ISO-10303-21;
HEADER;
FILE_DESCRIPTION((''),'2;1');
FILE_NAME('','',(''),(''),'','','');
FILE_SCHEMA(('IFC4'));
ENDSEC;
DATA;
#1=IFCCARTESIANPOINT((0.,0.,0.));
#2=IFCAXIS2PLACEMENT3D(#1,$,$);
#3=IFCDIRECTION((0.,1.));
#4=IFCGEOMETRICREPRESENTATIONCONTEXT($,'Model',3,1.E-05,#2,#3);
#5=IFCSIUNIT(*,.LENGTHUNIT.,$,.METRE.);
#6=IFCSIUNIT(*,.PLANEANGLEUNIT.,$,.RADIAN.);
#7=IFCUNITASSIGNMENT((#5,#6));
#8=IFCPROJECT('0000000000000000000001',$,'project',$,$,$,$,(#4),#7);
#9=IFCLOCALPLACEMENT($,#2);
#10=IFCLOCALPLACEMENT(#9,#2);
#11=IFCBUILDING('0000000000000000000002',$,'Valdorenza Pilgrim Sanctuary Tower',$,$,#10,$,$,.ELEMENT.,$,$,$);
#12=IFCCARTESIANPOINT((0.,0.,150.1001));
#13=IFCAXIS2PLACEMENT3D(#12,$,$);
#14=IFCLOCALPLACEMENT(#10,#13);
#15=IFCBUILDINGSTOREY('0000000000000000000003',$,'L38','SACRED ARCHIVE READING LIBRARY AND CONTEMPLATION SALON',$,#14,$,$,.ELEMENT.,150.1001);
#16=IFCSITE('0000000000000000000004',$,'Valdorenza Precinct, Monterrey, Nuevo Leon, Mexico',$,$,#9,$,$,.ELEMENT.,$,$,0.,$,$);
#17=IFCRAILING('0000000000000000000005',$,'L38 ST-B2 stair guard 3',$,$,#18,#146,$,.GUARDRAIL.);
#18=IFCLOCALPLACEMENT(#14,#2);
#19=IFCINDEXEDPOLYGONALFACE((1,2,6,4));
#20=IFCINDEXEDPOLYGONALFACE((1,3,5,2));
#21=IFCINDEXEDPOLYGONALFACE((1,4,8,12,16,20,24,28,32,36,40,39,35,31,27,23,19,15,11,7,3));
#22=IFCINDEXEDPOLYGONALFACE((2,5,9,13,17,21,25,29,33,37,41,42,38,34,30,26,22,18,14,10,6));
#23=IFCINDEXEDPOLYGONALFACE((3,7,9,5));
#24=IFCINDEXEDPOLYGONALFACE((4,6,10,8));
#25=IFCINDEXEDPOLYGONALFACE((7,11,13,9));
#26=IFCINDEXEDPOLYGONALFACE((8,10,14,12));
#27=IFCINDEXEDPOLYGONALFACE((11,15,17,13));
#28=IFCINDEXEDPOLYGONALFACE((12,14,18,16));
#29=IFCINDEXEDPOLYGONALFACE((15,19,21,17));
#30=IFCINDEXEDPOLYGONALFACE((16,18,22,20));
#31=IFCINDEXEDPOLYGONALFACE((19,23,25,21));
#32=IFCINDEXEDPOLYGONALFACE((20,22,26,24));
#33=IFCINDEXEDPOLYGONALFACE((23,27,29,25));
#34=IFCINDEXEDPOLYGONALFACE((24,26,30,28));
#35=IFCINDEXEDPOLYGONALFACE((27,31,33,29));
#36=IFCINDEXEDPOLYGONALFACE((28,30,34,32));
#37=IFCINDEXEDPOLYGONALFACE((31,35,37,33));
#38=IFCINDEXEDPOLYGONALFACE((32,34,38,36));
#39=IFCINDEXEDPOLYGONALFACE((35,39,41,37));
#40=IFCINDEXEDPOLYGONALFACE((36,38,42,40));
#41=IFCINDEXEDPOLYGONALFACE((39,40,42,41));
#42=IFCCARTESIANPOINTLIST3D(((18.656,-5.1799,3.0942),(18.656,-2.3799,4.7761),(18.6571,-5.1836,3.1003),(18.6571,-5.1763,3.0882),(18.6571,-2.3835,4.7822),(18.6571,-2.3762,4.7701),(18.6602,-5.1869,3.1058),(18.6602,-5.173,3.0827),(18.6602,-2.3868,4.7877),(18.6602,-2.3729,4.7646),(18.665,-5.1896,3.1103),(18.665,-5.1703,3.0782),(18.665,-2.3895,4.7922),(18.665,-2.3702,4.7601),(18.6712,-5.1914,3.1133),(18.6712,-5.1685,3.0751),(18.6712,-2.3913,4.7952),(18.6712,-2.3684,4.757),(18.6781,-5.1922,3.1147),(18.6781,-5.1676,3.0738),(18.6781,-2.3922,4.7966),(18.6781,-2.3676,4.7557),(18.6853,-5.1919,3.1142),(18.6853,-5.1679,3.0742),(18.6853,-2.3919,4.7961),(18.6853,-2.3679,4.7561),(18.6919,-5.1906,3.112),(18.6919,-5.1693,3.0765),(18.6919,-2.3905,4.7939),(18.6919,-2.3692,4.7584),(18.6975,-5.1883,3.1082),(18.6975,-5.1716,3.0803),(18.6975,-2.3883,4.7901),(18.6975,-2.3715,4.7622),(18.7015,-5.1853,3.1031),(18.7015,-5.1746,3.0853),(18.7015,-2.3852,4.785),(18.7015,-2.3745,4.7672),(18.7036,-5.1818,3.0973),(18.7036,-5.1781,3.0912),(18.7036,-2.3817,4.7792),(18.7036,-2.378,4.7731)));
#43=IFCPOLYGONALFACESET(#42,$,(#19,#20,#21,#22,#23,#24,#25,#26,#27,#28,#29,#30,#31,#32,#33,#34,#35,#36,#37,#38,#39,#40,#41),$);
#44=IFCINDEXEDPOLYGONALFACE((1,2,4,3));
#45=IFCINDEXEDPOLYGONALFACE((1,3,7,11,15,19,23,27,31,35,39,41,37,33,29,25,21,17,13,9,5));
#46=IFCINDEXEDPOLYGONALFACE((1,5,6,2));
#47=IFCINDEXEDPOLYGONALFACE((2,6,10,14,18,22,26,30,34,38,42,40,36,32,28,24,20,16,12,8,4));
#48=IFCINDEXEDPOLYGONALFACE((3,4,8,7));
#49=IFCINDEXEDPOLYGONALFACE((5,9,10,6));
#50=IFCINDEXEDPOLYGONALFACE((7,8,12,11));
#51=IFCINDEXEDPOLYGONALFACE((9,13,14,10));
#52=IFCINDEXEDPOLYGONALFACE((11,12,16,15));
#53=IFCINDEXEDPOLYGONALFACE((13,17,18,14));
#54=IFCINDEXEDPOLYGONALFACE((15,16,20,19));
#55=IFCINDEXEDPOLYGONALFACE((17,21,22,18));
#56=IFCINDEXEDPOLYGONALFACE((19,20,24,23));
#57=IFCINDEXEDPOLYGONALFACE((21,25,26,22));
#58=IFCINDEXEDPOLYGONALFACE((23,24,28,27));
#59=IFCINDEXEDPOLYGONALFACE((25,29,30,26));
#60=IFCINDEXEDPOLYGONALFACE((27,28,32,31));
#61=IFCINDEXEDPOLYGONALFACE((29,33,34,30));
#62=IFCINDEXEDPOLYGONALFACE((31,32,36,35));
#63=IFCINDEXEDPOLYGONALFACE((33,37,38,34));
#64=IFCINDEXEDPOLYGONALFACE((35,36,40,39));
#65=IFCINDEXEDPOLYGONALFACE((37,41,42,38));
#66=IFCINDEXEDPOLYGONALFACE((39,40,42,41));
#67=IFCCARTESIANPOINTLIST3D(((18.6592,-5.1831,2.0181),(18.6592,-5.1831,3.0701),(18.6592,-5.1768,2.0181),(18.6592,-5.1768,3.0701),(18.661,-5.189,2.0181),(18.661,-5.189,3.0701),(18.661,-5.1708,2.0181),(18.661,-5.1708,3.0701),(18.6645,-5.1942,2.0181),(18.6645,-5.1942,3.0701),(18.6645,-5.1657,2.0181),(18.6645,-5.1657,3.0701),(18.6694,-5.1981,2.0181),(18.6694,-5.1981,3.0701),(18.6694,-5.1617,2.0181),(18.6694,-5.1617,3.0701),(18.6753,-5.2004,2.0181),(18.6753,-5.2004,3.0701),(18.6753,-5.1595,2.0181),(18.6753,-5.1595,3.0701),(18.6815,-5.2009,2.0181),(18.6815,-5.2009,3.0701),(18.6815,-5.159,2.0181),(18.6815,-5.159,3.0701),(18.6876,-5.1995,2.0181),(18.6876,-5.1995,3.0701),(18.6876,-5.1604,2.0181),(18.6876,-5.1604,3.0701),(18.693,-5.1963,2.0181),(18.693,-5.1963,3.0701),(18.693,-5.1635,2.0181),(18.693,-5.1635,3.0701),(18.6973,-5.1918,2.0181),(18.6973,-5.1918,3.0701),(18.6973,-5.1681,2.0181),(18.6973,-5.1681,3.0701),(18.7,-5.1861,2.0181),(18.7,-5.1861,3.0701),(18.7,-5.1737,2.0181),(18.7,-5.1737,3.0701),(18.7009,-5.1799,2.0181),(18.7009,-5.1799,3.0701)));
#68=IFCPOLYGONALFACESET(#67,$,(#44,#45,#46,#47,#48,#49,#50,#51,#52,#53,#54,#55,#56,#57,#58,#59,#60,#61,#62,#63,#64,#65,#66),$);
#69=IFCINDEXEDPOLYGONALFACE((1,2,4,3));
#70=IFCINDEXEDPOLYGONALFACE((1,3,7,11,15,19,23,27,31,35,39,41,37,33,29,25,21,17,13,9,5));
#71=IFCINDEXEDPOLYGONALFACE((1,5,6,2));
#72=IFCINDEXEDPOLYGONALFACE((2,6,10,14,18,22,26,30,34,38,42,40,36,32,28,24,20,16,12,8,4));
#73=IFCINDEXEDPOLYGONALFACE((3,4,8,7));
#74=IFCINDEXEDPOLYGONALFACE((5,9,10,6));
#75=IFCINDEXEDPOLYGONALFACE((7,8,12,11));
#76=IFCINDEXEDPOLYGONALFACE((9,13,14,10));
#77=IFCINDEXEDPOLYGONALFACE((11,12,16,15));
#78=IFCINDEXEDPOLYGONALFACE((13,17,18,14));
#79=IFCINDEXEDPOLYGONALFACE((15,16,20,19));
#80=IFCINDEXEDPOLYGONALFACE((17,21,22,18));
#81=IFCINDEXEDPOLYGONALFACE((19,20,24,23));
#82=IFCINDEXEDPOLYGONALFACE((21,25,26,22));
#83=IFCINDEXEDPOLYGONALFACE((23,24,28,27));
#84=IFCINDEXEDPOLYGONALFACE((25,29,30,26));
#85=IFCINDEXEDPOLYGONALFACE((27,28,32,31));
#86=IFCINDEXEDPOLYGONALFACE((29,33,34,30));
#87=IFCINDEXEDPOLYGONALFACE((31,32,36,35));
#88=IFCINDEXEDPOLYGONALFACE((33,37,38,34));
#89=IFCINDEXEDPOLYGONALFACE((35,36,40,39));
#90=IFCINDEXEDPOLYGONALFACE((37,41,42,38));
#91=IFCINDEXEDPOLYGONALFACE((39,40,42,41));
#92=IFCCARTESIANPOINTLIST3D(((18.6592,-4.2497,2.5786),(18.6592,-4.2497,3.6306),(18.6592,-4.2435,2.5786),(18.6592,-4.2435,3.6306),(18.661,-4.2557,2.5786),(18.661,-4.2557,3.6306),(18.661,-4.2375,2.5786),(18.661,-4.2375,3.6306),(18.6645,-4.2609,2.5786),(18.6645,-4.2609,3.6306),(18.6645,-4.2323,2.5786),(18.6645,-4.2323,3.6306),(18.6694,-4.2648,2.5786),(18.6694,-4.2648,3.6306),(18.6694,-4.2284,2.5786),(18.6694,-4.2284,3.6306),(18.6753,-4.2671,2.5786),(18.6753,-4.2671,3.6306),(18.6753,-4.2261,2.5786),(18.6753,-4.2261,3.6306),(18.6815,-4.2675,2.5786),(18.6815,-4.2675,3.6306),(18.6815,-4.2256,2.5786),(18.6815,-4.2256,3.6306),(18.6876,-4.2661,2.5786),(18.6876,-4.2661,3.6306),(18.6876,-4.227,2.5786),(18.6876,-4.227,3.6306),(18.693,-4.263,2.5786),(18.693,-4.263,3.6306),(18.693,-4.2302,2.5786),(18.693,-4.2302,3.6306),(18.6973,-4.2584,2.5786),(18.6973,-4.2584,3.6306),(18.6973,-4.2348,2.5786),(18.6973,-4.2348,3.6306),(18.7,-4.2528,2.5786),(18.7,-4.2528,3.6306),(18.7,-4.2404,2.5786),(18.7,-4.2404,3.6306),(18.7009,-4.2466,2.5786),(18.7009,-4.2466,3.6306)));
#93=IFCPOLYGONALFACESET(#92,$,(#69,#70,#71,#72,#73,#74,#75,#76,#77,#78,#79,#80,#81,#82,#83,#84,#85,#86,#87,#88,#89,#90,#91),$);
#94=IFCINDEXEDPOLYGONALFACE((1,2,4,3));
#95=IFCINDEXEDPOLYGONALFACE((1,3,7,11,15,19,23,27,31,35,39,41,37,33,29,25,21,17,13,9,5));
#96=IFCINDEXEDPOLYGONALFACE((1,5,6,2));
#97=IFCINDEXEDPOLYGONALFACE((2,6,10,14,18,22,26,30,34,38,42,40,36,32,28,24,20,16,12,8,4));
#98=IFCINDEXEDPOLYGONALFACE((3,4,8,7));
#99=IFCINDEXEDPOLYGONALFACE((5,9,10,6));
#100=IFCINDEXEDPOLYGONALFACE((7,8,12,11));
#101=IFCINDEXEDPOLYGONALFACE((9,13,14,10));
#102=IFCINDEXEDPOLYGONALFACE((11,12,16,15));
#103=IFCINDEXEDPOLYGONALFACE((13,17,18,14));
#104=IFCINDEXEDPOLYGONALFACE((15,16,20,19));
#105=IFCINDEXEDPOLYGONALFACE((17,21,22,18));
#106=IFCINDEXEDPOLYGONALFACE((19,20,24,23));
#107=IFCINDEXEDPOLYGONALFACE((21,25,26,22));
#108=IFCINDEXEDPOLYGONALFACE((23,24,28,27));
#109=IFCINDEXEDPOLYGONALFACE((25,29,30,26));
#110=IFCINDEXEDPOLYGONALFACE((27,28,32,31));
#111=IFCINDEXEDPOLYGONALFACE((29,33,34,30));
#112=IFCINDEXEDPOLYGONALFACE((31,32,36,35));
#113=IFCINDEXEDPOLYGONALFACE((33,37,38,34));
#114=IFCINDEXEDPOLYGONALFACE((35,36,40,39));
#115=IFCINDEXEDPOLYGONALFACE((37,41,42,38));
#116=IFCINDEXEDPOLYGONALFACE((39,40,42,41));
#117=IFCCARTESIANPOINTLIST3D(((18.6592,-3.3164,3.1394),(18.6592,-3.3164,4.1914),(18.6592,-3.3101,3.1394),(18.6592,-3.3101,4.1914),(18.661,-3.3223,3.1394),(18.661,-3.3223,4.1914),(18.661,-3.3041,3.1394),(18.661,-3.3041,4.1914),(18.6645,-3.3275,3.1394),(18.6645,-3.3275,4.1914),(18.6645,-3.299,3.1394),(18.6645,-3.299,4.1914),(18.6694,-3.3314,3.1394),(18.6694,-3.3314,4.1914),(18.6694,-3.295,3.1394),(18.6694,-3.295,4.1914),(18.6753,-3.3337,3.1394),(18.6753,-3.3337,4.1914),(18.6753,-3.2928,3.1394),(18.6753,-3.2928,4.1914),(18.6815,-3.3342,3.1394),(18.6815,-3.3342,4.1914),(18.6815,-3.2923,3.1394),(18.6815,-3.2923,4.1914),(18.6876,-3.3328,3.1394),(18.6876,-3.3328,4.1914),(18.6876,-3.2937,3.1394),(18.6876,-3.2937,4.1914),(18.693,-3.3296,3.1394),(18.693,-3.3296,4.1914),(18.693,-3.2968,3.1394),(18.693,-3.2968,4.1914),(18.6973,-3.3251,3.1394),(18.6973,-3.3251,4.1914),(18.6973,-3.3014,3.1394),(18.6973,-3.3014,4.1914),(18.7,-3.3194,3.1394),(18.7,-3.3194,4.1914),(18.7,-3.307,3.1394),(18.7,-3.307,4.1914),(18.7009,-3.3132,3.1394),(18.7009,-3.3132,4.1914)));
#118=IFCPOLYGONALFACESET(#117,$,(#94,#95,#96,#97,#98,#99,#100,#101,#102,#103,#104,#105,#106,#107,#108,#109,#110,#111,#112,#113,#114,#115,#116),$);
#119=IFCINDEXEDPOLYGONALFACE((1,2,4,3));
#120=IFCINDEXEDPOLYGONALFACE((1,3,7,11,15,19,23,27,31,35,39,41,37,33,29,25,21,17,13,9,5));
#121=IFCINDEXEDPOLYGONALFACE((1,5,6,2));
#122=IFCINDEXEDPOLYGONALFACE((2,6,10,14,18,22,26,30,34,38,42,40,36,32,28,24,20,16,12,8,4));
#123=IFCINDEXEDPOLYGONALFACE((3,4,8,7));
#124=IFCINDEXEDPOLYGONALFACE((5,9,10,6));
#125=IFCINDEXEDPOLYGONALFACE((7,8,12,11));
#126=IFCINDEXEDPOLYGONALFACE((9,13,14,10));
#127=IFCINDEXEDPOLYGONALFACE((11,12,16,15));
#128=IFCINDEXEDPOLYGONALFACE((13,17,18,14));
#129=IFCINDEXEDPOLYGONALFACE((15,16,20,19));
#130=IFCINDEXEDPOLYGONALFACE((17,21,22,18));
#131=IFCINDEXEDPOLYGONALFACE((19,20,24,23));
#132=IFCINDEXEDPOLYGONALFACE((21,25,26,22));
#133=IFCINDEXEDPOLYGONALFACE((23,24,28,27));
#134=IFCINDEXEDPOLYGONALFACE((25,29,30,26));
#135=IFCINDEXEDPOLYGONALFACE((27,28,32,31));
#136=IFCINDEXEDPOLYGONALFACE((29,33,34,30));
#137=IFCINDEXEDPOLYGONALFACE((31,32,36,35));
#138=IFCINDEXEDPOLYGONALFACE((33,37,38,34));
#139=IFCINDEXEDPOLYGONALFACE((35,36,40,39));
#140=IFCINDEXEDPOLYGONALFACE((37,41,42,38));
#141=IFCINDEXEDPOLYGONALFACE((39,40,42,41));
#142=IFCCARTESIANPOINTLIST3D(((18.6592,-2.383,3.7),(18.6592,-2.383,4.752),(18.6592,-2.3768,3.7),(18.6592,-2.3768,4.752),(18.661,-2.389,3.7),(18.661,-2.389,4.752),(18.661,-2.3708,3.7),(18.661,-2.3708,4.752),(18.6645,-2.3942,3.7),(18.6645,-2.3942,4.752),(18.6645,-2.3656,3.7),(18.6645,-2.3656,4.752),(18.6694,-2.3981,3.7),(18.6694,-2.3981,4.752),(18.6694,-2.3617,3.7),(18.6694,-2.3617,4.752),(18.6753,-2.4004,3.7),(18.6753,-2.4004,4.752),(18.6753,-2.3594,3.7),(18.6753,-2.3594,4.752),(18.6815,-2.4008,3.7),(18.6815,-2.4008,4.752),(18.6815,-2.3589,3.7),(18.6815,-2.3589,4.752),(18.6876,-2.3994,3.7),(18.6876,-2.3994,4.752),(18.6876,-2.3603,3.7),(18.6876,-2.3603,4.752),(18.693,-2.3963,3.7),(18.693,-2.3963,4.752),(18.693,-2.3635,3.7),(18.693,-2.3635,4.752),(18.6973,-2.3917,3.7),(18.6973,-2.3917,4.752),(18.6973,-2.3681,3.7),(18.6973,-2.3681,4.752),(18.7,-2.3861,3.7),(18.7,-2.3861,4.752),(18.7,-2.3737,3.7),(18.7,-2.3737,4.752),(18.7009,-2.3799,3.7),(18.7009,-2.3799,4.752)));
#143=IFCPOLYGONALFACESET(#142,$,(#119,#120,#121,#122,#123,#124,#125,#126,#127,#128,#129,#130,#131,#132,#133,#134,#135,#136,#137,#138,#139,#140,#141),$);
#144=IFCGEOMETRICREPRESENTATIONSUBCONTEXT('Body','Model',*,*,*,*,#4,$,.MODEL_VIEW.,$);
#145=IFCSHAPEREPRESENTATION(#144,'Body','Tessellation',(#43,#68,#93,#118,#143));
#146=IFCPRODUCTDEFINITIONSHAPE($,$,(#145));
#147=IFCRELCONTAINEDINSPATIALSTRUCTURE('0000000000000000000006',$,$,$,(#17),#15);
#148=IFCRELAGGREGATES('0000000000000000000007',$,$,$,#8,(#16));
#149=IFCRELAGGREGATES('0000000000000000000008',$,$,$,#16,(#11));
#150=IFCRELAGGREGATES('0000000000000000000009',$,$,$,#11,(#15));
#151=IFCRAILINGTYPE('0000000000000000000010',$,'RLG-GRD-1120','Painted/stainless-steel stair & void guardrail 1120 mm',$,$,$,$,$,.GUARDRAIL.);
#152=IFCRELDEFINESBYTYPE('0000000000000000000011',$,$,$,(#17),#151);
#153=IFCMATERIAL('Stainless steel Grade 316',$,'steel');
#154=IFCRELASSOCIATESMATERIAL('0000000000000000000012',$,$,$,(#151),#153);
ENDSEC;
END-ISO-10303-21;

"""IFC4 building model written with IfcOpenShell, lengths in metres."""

from ifc_helpers import new_model, si_unit, direction, frame, origin, origin_2d, place, context, subcontext, project, spatial, circle, extrude, material, type_object, element, save


model = new_model("IFC4")

# Units and contexts
model_context = context("Model", 3, precision=1e-05, world=origin(), true_north=direction((0.0, 1.0)))
body_context = subcontext(model_context, "Body", "Model", "MODEL_VIEW")
ifc_project = project(units=[si_unit("LENGTHUNIT", "METRE"), si_unit("PLANEANGLEUNIT", "RADIAN")], contexts=[model_context])

# Site, building, storey
site_placement = place(None, origin())
site = spatial("IfcSite", under=ifc_project, at=site_placement, Name="Valdorenza Precinct, Monterrey, Nuevo Leon, Mexico", CompositionType="ELEMENT", RefElevation=0.0)
building_placement = place(site_placement, origin())
building = spatial("IfcBuilding", under=site, at=building_placement, Name="Valdorenza Pilgrim Sanctuary Tower", CompositionType="ELEMENT")
storey_placement = place(building_placement, frame((0.0, 0.0, 150.1001)))
storey = spatial("IfcBuildingStorey", under=building, at=storey_placement, Name="L38", Description="SACRED ARCHIVE READING LIBRARY AND CONTEMPLATION SALON", CompositionType="ELEMENT", Elevation=150.1001)

# Railing
ifc_material_1 = material(Name="Stainless steel Grade 316", Category="steel")
railing_type_1 = type_object("IfcRailingType", Name="RLG-GRD-1120", Description="Painted/stainless-steel stair & void guardrail 1120 mm", PredefinedType="GUARDRAIL", material=ifc_material_1)
railing_1_placement = place(storey_placement, frame((18.6799, -5.1799, 2.0181)))
element("IfcRailing", 1, at=railing_1_placement, inside=storey, type_object=railing_type_1, Name="L38 ST-B2 stair guard 3", PredefinedType="GUARDRAIL", context=body_context, shape_type="SweptSolid", body=[
    extrude(circle(Radius=0.0239, at=origin_2d()), frame((0.0, 0.0, 1.0762), z_axis=(0.0, 0.857242, 0.514913), x_axis=(-1.0, 0.0, 0.0)), (0.0, 0.0, 1.0), 3.2664),
    extrude(circle(Radius=0.021, at=origin_2d()), origin(), (0.0, 0.0, 1.0), 1.052),
    extrude(circle(Radius=0.021, at=origin_2d()), frame((0.0, 0.9333, 0.5605)), (0.0, 0.0, 1.0), 1.052),
    extrude(circle(Radius=0.021, at=origin_2d()), frame((0.0, 1.8667, 1.1213)), (0.0, 0.0, 1.0), 1.052),
    extrude(circle(Radius=0.021, at=origin_2d()), frame((0.0, 2.8, 1.6819)), (0.0, 0.0, 1.0), 1.052),
])

save(model, "model.ifc")
